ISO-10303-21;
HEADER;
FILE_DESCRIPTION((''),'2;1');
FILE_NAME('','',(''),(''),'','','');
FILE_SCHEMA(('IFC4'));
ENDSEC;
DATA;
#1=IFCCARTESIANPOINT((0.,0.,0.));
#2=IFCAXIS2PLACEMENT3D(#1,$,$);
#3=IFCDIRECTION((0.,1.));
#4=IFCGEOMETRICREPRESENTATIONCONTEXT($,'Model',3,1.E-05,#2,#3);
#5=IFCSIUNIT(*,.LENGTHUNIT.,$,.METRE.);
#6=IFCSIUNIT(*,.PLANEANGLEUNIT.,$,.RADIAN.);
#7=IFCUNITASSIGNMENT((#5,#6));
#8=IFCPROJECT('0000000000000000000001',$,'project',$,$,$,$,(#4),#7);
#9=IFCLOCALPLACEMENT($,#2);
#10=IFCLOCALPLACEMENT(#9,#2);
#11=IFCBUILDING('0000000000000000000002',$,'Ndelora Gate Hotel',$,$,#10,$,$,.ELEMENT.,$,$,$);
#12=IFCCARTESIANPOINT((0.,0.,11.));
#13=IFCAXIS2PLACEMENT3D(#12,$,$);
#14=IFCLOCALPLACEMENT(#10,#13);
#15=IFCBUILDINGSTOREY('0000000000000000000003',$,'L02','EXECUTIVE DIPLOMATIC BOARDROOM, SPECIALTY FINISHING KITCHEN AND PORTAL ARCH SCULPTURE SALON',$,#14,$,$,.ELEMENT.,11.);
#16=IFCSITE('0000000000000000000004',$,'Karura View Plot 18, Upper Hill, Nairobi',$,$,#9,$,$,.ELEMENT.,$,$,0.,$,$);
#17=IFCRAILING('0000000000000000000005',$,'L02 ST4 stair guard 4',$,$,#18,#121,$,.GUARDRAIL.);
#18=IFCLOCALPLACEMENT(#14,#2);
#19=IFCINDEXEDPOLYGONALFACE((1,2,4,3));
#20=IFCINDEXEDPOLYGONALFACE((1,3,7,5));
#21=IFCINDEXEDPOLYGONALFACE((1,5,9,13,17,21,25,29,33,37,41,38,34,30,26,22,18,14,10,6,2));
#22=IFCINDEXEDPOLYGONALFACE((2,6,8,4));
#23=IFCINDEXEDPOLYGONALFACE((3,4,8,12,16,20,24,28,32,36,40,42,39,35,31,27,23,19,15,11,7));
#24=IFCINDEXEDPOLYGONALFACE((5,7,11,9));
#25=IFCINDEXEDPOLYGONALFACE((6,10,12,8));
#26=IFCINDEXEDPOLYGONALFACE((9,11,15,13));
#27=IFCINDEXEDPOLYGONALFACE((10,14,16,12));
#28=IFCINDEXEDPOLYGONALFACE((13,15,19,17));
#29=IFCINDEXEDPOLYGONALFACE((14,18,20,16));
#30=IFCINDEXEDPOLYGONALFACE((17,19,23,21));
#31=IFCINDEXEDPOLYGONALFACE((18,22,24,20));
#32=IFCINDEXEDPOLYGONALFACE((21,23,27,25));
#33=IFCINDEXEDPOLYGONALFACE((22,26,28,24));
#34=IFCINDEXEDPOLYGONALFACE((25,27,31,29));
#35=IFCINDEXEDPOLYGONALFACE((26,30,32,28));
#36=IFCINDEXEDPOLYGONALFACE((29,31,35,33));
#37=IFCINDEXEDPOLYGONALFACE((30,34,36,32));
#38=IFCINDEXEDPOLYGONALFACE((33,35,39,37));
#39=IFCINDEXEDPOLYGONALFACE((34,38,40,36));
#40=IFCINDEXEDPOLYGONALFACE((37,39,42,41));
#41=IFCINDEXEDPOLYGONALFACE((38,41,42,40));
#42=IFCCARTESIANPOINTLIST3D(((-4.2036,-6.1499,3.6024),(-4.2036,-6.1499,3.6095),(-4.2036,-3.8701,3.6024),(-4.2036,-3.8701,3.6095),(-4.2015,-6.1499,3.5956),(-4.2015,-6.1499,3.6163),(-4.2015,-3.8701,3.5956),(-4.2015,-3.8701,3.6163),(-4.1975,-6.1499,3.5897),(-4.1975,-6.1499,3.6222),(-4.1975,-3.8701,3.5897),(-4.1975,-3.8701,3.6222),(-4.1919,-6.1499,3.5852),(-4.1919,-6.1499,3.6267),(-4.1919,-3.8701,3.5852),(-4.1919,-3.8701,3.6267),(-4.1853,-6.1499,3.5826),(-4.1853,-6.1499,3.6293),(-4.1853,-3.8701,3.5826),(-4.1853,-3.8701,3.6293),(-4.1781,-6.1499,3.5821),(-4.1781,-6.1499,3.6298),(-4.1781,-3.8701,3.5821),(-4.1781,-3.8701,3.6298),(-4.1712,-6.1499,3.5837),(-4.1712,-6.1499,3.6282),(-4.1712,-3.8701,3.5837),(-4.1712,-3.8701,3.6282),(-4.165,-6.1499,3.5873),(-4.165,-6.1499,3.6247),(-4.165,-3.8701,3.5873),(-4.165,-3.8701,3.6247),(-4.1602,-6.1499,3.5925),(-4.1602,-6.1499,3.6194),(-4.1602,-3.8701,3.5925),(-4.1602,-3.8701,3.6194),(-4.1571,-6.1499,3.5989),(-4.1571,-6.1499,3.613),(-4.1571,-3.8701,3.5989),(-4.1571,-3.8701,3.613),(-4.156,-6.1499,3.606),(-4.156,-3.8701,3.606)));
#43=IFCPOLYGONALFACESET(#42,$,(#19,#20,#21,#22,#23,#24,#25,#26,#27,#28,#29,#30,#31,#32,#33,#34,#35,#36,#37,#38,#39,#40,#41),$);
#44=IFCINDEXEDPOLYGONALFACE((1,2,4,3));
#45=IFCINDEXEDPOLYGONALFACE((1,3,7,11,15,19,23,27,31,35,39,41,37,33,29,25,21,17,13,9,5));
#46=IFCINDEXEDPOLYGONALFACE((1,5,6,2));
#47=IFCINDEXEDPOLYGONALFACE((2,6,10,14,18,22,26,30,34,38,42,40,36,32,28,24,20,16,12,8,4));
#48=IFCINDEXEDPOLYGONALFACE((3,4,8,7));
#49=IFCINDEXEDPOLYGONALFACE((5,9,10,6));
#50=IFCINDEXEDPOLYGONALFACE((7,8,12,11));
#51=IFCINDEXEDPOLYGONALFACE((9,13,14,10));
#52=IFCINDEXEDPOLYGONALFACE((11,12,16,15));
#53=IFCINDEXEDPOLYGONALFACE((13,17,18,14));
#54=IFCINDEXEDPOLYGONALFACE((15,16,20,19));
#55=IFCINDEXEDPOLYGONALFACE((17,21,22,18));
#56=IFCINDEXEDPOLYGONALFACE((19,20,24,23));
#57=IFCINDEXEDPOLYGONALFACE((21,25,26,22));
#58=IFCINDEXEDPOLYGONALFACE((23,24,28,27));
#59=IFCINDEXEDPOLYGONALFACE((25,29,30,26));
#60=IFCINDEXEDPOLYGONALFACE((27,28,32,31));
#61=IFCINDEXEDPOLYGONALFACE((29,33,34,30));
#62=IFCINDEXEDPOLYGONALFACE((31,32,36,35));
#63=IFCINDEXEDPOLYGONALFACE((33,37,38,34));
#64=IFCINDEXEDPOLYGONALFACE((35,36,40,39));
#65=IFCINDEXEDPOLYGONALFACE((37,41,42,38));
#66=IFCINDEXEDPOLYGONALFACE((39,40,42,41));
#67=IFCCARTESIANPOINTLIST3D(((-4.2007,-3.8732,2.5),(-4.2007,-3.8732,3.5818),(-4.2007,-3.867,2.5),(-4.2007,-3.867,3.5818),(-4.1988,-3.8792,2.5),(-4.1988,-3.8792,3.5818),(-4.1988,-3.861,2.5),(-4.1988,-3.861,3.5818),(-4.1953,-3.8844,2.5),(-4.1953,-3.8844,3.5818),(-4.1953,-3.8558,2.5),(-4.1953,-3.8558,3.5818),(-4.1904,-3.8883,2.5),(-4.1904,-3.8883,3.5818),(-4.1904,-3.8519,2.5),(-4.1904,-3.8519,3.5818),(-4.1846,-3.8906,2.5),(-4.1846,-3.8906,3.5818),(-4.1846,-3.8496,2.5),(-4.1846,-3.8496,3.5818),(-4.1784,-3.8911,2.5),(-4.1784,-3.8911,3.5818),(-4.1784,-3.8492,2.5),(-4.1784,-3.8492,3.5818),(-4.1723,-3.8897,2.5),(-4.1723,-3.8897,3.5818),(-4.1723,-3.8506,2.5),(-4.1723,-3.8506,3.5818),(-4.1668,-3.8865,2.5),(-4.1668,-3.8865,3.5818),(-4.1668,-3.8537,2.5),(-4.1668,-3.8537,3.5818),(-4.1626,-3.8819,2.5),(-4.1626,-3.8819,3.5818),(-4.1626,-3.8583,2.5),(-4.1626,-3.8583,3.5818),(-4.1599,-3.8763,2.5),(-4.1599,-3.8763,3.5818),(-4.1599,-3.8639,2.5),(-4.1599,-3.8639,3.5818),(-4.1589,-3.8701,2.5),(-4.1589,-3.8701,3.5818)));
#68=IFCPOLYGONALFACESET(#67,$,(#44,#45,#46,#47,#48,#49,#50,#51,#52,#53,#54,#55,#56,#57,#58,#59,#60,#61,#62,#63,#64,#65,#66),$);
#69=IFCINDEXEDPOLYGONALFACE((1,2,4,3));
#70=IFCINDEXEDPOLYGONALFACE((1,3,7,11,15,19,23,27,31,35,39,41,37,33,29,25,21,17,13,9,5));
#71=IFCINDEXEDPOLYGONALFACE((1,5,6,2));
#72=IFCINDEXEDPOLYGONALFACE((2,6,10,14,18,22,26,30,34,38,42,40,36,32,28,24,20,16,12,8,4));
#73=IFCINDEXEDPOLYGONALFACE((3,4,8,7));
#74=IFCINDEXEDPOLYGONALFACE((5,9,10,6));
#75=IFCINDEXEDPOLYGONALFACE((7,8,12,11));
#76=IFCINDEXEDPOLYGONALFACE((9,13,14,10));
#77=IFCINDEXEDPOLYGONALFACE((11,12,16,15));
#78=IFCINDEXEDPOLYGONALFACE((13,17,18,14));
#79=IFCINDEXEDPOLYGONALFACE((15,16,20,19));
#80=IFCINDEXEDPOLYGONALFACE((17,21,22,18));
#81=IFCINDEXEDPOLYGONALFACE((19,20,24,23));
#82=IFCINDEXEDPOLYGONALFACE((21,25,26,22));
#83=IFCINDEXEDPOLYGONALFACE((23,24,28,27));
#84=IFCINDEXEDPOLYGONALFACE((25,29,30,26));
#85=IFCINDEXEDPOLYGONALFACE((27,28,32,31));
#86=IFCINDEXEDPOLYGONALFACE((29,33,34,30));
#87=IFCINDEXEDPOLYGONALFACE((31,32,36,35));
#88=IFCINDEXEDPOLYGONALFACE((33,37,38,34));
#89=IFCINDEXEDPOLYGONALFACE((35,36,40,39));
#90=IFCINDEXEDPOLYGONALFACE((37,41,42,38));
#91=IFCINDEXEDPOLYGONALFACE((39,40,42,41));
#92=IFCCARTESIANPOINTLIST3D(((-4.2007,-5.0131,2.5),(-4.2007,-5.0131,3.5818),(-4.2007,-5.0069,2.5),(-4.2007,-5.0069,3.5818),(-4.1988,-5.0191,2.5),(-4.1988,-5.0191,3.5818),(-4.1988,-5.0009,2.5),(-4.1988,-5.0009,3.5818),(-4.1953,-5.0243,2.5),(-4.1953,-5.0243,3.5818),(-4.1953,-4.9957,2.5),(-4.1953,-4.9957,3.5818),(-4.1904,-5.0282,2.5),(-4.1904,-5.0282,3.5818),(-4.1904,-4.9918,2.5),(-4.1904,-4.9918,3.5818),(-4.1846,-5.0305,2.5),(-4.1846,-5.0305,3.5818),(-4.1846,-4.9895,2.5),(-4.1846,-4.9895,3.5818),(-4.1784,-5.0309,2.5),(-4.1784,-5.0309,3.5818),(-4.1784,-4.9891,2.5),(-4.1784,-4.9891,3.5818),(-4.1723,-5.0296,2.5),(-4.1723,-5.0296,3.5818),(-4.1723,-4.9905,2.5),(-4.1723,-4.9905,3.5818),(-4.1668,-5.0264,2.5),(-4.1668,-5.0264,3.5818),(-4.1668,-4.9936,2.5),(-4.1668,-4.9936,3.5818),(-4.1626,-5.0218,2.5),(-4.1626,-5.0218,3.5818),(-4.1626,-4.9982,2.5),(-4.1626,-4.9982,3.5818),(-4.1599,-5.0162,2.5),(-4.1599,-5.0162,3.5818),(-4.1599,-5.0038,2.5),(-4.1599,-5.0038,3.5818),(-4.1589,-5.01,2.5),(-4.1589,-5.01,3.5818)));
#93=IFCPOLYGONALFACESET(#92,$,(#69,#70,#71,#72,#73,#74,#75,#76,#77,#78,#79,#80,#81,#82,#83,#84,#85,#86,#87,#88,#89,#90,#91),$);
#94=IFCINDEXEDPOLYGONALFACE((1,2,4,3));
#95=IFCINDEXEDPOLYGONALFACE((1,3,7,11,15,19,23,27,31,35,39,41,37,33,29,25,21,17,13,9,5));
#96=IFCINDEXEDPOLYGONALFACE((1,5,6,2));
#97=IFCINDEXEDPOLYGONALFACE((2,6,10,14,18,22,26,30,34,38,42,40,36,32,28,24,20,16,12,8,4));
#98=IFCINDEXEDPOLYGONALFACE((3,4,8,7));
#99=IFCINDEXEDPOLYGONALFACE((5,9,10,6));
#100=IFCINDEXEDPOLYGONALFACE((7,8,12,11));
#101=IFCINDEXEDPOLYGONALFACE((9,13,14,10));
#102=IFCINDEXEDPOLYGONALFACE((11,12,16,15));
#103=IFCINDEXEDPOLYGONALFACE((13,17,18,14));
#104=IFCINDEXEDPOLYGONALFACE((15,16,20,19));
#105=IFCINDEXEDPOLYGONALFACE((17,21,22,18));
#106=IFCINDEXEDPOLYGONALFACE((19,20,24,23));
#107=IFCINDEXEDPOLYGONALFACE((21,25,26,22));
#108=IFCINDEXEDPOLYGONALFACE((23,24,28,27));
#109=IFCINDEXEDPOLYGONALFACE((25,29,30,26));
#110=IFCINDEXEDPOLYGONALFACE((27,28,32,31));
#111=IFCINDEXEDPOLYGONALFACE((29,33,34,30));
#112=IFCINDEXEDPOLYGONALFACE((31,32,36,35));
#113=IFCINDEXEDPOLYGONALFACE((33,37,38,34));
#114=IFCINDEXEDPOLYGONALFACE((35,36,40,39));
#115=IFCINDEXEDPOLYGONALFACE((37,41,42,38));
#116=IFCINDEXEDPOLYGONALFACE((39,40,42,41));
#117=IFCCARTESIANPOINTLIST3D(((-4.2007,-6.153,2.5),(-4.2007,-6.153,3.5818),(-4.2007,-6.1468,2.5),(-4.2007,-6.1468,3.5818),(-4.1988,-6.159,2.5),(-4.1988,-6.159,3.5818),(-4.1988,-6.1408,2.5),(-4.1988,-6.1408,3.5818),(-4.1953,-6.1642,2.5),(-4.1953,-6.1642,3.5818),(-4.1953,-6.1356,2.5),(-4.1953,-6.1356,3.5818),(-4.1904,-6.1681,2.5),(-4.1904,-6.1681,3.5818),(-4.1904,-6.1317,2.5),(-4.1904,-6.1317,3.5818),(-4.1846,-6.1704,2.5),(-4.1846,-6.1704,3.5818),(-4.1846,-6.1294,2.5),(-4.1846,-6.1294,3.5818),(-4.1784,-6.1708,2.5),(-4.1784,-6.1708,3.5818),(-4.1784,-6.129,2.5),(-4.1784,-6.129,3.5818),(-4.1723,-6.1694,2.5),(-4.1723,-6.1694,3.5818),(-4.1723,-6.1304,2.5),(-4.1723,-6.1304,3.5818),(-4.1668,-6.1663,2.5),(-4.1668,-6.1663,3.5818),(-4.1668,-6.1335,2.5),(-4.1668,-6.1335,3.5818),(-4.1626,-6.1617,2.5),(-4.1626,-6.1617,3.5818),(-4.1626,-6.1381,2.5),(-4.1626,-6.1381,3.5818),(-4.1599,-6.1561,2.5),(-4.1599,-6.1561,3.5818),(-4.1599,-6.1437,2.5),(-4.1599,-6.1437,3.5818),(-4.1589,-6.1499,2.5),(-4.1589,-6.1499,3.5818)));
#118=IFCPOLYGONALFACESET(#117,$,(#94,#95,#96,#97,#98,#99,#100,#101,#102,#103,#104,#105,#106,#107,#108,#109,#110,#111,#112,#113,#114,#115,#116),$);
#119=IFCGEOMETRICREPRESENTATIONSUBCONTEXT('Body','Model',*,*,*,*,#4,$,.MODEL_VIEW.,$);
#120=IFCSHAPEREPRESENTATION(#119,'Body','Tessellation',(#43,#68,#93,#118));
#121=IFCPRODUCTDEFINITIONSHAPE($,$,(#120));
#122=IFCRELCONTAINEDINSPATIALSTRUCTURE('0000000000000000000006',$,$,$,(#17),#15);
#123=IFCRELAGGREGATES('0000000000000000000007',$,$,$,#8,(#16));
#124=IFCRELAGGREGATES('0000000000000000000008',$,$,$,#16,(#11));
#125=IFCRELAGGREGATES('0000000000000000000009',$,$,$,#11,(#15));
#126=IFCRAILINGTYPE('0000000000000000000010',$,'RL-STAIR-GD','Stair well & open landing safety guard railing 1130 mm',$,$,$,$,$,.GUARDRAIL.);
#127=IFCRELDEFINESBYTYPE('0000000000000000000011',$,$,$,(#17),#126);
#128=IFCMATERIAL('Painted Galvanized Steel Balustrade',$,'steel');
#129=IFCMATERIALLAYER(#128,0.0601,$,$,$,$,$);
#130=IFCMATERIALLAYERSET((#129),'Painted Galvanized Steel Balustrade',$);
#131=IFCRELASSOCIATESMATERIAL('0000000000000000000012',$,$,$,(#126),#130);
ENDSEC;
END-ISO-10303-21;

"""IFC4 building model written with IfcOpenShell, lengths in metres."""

from ifc_helpers import new_model, si_unit, direction, frame, origin, origin_2d, place, context, subcontext, project, spatial, circle, extrude, material, layer, layer_set, type_object, element, save


model = new_model("IFC4")

# Units and contexts
model_context = context("Model", 3, precision=1e-05, world=origin(), true_north=direction((0.0, 1.0)))
body_context = subcontext(model_context, "Body", "Model", "MODEL_VIEW")
ifc_project = project(units=[si_unit("LENGTHUNIT", "METRE"), si_unit("PLANEANGLEUNIT", "RADIAN")], contexts=[model_context])

# Site, building, storey
site_placement = place(None, origin())
site = spatial("IfcSite", under=ifc_project, at=site_placement, Name="Karura View Plot 18, Upper Hill, Nairobi", CompositionType="ELEMENT", RefElevation=0.0)
building_placement = place(site_placement, origin())
building = spatial("IfcBuilding", under=site, at=building_placement, Name="Ndelora Gate Hotel", CompositionType="ELEMENT")
storey_placement = place(building_placement, frame((0.0, 0.0, 11.0)))
storey = spatial("IfcBuildingStorey", under=building, at=storey_placement, Name="L02", Description="EXECUTIVE DIPLOMATIC BOARDROOM, SPECIALTY FINISHING KITCHEN AND PORTAL ARCH SCULPTURE SALON", CompositionType="ELEMENT", Elevation=11.0)

# Railing
ifc_material_1 = material(Name="Painted Galvanized Steel Balustrade", Category="steel")
ifc_layer_1 = layer(ifc_material_1, 0.0601)
ifc_layer_set_1 = layer_set([ifc_layer_1], Name="Painted Galvanized Steel Balustrade")
railing_type_1 = type_object("IfcRailingType", Name="RL-STAIR-GD", Description="Stair well & open landing safety guard railing 1130 mm", PredefinedType="GUARDRAIL", material=ifc_layer_set_1)
for number, where, name in (
    (1, (-4.1799, -3.8701, 2.5), "L02 ST4 stair guard 4"),
):
    element("IfcRailing", number, at=place(storey_placement, frame(where)), inside=storey, type_object=railing_type_1, Name=name, PredefinedType="GUARDRAIL", context=body_context, shape_type="SweptSolid", body=[
        extrude(circle(Radius=0.0239, at=origin_2d()), frame((0.0, 0.0, 1.106), z_axis=(0.0, -1.0, 0.0), x_axis=(1.0, 0.0, 0.0)), (0.0, 0.0, 1.0), 2.2798),
        extrude(circle(Radius=0.021, at=origin_2d()), origin(), (0.0, 0.0, 1.0), 1.0818),
        extrude(circle(Radius=0.021, at=origin_2d()), frame((0.0, -1.1399, 0.0)), (0.0, 0.0, 1.0), 1.0818),
        extrude(circle(Radius=0.021, at=origin_2d()), frame((0.0, -2.2798, 0.0)), (0.0, 0.0, 1.0), 1.0818),
    ])

save(model, "model.ifc")
